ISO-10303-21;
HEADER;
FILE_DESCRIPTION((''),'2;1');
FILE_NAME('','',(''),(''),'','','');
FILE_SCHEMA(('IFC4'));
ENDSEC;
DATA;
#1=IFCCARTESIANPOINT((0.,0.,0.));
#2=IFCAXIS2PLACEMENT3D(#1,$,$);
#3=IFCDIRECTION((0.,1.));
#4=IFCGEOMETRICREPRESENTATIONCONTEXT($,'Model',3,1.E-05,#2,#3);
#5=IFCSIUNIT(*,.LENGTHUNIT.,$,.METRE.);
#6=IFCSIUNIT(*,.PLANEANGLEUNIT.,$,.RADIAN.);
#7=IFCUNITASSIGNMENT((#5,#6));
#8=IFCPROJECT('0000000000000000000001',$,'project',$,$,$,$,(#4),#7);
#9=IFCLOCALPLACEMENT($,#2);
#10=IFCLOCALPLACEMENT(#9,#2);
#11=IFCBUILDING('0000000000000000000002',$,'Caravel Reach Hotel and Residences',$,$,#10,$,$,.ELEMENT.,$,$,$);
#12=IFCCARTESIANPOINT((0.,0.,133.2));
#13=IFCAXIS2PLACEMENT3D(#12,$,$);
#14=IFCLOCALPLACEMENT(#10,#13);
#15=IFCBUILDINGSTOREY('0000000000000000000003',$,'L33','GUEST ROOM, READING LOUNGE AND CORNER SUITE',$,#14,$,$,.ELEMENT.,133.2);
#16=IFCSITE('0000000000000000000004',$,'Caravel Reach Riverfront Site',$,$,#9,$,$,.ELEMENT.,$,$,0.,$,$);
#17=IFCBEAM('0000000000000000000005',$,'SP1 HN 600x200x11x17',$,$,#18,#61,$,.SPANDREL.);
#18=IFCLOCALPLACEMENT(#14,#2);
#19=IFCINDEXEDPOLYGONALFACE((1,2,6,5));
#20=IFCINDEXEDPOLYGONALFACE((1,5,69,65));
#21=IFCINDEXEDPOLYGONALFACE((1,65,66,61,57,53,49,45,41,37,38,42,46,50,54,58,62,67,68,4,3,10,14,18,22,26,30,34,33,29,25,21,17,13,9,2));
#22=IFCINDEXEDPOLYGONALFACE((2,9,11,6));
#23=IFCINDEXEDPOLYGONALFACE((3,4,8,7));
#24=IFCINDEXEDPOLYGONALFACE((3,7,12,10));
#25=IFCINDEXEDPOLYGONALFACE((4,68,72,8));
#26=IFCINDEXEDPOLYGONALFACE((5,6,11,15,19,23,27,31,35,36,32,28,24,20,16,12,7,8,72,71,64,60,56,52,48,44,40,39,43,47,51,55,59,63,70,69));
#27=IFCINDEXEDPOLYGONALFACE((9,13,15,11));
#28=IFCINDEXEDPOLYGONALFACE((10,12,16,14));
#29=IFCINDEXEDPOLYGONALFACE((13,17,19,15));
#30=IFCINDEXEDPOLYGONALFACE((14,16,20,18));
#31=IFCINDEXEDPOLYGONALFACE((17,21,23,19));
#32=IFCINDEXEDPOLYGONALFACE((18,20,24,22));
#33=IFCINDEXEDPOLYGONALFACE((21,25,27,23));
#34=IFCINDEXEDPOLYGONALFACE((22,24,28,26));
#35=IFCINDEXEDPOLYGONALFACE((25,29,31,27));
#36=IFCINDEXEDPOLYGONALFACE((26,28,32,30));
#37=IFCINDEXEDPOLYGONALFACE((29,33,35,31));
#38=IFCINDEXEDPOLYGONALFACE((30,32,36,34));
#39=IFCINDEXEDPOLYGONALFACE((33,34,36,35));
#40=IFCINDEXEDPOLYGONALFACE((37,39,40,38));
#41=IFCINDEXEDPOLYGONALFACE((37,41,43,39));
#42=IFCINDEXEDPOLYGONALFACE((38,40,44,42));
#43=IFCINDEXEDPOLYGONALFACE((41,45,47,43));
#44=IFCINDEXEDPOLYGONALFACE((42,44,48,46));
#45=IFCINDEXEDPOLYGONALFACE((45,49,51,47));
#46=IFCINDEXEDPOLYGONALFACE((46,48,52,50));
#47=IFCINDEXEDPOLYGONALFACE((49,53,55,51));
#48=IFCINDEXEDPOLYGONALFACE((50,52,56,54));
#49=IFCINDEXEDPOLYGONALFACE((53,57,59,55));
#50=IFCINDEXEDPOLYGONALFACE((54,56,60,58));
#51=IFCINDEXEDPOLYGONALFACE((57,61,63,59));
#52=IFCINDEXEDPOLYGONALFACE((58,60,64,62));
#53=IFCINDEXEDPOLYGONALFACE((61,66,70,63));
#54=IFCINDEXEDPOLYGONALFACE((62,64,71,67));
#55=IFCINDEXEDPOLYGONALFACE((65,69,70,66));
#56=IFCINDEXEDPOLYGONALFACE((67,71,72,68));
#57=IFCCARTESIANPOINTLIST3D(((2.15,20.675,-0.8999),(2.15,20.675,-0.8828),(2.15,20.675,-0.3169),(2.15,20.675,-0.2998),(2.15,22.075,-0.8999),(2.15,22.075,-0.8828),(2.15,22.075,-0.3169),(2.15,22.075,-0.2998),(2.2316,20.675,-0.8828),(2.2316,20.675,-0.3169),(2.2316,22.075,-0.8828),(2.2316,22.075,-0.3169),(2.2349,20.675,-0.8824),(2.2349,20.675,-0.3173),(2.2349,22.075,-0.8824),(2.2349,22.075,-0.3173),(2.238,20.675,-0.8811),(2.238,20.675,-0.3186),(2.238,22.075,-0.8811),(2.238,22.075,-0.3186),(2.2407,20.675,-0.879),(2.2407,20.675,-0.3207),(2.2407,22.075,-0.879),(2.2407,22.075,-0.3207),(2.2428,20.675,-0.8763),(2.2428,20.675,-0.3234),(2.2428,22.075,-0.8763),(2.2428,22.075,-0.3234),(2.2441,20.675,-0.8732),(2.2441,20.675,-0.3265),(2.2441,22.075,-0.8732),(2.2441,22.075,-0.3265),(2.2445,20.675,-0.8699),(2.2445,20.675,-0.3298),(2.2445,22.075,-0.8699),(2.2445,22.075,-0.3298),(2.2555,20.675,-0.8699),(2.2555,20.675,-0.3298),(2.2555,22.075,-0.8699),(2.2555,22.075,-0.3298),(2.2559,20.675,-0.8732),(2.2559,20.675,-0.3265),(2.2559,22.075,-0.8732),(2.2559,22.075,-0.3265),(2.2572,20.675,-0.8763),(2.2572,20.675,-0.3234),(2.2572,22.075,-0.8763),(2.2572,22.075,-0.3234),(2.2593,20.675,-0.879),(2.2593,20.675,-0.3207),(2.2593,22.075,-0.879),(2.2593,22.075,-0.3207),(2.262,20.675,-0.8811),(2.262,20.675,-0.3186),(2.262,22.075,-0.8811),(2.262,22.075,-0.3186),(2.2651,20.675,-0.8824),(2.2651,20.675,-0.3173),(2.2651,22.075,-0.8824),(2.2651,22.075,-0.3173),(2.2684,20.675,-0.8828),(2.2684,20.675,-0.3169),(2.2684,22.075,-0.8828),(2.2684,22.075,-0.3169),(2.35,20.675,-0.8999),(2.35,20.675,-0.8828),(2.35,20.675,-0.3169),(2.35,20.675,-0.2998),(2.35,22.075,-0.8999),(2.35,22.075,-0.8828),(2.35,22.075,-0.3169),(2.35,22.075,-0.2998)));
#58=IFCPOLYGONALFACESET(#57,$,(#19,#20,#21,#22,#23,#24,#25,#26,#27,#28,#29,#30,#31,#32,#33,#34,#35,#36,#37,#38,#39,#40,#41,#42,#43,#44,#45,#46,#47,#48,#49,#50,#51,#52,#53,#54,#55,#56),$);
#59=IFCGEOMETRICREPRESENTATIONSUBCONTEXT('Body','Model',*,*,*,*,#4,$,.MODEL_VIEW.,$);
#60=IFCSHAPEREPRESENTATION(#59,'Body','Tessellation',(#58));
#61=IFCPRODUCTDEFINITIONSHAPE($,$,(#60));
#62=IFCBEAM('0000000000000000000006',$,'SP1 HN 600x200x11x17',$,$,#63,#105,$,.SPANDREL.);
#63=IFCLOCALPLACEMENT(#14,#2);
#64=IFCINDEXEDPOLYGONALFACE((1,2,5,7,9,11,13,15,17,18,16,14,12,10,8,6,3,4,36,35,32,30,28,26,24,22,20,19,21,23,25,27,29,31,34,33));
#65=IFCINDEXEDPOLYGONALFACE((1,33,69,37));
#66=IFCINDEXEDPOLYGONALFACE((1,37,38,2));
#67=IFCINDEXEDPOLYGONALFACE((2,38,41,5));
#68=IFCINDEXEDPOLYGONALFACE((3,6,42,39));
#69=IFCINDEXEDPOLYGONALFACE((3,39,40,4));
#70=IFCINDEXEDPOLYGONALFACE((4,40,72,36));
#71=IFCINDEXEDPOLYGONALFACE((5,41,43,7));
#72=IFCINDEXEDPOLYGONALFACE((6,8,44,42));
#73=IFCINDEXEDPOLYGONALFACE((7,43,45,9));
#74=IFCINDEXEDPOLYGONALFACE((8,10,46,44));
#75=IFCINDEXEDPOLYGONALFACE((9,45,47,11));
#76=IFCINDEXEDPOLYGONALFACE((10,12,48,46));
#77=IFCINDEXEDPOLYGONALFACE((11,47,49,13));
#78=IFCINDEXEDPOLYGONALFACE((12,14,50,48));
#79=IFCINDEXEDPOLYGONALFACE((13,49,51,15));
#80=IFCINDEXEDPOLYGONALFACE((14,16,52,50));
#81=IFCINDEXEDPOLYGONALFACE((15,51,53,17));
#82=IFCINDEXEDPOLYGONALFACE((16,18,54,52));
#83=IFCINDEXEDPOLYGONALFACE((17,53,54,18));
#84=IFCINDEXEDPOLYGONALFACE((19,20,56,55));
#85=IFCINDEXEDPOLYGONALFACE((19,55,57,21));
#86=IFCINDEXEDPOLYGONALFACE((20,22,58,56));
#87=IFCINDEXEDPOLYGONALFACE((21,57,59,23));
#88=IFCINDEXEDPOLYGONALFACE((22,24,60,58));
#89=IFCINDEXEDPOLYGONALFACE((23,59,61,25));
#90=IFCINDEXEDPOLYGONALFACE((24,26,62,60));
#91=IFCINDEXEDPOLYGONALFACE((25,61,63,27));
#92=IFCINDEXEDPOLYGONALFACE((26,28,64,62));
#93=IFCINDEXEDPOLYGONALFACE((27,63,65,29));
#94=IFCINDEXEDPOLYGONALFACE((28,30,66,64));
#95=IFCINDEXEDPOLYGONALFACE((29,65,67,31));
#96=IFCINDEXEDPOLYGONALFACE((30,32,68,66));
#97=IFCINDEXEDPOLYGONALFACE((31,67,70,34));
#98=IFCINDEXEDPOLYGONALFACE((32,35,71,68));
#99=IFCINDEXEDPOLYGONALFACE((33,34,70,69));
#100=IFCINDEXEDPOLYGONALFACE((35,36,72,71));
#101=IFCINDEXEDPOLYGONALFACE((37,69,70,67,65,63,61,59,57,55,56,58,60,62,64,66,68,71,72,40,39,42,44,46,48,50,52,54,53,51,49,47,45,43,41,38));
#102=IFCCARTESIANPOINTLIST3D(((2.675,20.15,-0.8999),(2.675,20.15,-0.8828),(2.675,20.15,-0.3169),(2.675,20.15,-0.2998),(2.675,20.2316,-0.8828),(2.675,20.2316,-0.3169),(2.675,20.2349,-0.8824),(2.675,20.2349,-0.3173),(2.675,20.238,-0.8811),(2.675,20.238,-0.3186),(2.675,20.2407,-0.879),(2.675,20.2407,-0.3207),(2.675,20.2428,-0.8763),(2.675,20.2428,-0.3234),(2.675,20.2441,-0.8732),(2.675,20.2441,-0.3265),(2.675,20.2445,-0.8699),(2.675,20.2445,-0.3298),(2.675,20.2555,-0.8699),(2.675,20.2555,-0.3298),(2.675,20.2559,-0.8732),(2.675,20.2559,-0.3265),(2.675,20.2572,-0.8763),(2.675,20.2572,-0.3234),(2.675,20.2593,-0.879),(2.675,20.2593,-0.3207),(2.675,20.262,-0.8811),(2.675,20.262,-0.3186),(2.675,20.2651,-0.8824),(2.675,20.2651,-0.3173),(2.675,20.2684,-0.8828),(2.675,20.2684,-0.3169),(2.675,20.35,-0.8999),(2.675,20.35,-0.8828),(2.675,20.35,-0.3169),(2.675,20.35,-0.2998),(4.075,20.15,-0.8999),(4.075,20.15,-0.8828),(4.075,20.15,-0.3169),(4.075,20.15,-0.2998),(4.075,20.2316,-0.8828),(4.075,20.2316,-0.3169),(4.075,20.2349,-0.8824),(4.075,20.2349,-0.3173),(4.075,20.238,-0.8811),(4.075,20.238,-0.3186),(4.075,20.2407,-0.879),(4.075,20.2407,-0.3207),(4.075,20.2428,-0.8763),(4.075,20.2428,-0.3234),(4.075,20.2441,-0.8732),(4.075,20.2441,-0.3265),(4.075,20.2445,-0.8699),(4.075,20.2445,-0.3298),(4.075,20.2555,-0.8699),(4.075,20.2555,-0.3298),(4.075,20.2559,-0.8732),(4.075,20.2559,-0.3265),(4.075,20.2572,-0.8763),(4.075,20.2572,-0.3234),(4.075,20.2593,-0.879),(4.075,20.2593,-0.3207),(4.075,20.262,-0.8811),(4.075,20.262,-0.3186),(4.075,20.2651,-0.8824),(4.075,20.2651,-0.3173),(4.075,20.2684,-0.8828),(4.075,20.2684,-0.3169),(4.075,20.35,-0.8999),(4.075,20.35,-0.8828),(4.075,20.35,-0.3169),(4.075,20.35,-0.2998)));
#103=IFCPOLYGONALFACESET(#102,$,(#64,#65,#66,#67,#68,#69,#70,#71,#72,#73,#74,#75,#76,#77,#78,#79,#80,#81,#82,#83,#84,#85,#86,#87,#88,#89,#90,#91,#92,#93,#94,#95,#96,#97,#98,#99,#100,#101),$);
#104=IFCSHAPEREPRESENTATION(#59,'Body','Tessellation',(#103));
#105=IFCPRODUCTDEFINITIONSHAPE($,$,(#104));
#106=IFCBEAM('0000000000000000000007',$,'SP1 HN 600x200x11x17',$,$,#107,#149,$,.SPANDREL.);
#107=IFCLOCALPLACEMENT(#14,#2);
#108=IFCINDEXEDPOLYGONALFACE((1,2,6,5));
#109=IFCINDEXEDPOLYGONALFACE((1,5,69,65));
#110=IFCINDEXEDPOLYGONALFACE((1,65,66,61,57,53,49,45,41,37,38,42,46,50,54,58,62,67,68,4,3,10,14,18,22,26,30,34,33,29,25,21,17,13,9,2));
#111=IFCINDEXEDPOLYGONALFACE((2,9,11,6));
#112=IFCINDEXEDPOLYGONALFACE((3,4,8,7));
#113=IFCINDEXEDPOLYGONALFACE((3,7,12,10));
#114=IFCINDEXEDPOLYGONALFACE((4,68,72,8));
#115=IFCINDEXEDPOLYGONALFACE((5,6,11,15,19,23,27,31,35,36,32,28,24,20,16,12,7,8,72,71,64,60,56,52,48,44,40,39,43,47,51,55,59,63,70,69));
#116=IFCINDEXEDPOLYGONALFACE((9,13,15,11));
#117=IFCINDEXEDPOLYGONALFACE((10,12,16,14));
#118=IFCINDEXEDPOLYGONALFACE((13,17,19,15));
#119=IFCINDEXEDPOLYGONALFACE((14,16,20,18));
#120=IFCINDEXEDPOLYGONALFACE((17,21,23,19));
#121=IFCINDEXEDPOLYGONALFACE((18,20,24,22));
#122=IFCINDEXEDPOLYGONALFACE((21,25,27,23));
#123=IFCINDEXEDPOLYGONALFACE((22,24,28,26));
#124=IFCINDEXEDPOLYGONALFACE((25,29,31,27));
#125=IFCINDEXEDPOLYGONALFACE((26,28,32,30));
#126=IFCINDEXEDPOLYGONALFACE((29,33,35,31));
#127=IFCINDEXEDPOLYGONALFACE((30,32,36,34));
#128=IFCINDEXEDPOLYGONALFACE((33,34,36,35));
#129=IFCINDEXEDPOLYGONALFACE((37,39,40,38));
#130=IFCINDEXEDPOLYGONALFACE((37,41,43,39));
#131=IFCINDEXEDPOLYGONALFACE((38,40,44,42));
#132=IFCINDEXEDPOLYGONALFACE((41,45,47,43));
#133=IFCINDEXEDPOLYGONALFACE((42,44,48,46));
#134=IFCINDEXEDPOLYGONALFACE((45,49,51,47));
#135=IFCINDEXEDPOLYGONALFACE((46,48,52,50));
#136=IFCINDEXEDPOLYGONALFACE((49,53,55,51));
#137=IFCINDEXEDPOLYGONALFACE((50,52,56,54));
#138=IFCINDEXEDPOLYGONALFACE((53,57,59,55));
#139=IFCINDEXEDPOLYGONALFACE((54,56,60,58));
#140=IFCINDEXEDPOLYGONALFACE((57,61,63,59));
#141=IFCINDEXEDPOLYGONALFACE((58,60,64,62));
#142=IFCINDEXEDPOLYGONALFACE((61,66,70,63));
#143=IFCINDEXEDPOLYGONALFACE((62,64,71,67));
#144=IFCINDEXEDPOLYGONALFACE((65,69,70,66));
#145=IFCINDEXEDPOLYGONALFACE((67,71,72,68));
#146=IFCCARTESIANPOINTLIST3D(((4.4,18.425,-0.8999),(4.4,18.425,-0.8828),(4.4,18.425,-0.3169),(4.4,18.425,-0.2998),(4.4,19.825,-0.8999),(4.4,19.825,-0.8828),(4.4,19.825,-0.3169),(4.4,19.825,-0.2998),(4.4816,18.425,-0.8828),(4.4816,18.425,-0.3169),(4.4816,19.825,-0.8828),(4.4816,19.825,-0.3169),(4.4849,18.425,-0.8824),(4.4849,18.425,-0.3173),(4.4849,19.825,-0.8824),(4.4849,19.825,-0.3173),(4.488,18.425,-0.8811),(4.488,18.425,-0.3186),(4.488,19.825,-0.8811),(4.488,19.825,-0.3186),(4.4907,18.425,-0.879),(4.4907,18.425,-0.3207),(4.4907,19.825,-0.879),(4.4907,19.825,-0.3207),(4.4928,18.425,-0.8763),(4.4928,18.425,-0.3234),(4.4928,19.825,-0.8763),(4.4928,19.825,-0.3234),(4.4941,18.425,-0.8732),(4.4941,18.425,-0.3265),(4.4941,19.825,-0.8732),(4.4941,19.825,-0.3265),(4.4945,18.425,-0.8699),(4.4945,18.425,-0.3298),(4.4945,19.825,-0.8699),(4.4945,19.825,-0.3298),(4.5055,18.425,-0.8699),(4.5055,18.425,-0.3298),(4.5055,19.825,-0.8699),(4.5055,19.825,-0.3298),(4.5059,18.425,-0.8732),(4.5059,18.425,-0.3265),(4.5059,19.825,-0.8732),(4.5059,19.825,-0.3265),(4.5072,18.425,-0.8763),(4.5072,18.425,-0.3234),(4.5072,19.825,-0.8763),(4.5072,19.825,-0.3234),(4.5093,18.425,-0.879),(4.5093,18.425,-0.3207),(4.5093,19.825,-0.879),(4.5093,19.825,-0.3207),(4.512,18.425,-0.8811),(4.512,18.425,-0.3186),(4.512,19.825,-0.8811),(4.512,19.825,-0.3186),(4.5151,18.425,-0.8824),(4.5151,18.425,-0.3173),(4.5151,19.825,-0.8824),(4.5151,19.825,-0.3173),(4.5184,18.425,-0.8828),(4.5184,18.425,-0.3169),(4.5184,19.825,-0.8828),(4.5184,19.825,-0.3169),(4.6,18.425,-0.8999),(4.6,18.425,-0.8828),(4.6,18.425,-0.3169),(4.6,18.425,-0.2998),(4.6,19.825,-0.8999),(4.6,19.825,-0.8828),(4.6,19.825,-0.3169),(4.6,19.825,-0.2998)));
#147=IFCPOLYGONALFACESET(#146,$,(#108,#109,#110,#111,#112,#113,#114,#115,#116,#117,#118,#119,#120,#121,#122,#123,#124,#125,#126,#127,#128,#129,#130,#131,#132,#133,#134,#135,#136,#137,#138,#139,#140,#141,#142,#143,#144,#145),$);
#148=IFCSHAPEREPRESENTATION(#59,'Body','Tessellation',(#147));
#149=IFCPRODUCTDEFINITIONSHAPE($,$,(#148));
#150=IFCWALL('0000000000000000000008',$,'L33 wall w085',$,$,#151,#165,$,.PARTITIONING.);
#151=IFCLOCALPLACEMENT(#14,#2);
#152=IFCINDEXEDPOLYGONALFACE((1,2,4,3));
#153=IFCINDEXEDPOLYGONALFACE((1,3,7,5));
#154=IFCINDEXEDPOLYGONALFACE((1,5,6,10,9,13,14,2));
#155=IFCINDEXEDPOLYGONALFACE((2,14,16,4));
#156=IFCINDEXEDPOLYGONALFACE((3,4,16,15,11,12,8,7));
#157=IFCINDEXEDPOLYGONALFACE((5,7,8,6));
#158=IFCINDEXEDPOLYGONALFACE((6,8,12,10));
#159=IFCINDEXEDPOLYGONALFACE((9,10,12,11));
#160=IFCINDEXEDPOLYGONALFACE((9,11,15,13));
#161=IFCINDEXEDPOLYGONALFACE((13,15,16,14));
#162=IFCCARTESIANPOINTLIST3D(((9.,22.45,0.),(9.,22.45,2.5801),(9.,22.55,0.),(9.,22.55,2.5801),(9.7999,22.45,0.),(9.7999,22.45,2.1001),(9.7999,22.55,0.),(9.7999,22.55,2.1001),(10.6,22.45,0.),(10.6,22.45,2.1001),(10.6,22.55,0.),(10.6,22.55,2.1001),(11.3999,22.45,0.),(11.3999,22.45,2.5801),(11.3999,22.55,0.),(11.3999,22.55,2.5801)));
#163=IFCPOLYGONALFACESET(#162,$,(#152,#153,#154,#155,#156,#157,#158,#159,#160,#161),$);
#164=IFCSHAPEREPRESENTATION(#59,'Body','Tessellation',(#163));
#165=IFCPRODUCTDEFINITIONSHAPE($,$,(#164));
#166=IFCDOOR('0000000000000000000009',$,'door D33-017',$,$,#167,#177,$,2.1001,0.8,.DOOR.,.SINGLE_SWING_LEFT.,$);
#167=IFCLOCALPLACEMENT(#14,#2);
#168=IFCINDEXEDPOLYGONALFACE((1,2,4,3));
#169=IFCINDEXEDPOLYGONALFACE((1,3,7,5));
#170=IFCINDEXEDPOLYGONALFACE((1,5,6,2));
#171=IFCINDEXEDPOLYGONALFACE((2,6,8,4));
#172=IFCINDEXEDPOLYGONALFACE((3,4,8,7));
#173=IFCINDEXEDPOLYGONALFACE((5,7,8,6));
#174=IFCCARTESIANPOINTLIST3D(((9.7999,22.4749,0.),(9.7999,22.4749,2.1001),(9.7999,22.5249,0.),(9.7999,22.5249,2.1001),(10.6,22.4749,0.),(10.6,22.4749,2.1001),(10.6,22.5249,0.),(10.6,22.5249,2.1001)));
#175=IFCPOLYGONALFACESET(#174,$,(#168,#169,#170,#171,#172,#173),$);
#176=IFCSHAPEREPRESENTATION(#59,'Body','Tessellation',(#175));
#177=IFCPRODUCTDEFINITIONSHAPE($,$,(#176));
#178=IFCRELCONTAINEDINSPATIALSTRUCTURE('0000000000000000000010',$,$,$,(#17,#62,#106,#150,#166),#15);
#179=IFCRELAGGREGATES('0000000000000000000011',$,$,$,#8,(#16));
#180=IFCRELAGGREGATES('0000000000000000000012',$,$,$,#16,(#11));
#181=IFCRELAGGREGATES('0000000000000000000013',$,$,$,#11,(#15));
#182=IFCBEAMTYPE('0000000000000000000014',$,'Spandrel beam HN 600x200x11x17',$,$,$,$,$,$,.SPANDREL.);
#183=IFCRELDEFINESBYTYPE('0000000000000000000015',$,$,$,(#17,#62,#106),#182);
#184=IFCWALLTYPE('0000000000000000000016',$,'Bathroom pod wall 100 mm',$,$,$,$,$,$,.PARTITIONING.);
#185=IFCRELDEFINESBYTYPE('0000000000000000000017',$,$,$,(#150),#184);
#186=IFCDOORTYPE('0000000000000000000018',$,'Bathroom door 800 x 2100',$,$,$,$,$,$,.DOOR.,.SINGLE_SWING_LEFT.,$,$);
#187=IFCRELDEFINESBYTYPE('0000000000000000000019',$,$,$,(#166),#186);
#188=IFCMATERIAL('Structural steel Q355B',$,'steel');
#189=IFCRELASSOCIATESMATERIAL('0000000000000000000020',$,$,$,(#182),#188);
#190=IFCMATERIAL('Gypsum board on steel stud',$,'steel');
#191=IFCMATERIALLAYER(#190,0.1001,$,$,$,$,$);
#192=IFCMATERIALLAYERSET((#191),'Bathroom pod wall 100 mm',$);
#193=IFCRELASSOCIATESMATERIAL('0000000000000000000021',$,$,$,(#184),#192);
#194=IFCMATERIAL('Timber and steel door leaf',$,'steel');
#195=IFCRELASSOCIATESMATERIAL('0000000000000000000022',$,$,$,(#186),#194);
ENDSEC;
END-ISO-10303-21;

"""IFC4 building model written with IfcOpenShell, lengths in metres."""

from ifc_helpers import new_model, si_unit, direction, frame, frame_2d, origin, origin_2d, place, context, subcontext, project, spatial, rectangle, i_section, extrude, material, layer, layer_set, material_profile, profile_set, type_object, element, fill, save


model = new_model("IFC4")

# Units and contexts
model_context = context("Model", 3, precision=1e-05, world=origin(), true_north=direction((0.0, 1.0)))
body_context = subcontext(model_context, "Body", "Model", "MODEL_VIEW")
ifc_project = project(units=[si_unit("LENGTHUNIT", "METRE"), si_unit("PLANEANGLEUNIT", "RADIAN")], contexts=[model_context])

# Site, building, storey
site_placement = place(None, origin())
site = spatial("IfcSite", under=ifc_project, at=site_placement, Name="Caravel Reach Riverfront Site", CompositionType="ELEMENT", RefElevation=0.0)
building_placement = place(site_placement, origin())
building = spatial("IfcBuilding", under=site, at=building_placement, Name="Caravel Reach Hotel and Residences", CompositionType="ELEMENT")
storey_placement = place(building_placement, frame((0.0, 0.0, 133.2)))
storey = spatial("IfcBuildingStorey", under=building, at=storey_placement, Name="L33", Description="GUEST ROOM, READING LOUNGE AND CORNER SUITE", CompositionType="ELEMENT", Elevation=133.2)

# Beams
ifc_material_1 = material(Name="Structural steel Q355B", Category="steel")
ifc_material_profile_1 = material_profile(ifc_material_1, i_section(OverallWidth=0.2, OverallDepth=0.6001, WebThickness=0.011, FlangeThickness=0.0171, FilletRadius=0.0129, at=origin_2d()), Name="HN 600x200x11x17")
ifc_profile_set_1 = profile_set([ifc_material_profile_1], Name="Structural steel Q355B")
beam_type_1 = type_object("IfcBeamType", Name="Spandrel beam HN 600x200x11x17", PredefinedType="SPANDREL", material=ifc_profile_set_1)
for number, where, z_axis, x_axis, name in (
    (1, (2.25, 22.075, -0.5999), (0.0, -1.0, 0.0), (1.0, 0.0, 0.0), "SP1 HN 600x200x11x17"),
    (2, (2.675, 20.25, -0.5999), (1.0, 0.0, 0.0), (0.0, 1.0, 0.0), "SP1 HN 600x200x11x17"),
    (3, (4.5, 19.825, -0.5999), (0.0, -1.0, 0.0), (1.0, 0.0, 0.0), "SP1 HN 600x200x11x17"),
):
    element("IfcBeam", number, at=place(storey_placement, frame(where, z_axis=z_axis, x_axis=x_axis)), inside=storey, type_object=beam_type_1, Name=name, PredefinedType="SPANDREL", context=body_context, shape_type="SweptSolid", body=[
        extrude(i_section(OverallWidth=0.2, OverallDepth=0.6001, WebThickness=0.011, FlangeThickness=0.0171, FilletRadius=0.0129, at=origin_2d()), origin(), (0.0, 0.0, 1.0), 1.3999),
    ])

# Wall, opening, door
ifc_material_2 = material(Name="Gypsum board on steel stud", Category="steel")
ifc_layer_1 = layer(ifc_material_2, 0.1001)
ifc_layer_set_1 = layer_set([ifc_layer_1], Name="Bathroom pod wall 100 mm")
wall_type_1 = type_object("IfcWallType", Name="Bathroom pod wall 100 mm", PredefinedType="PARTITIONING", material=ifc_layer_set_1)
wall_1_placement = place(storey_placement, frame((9.0, 22.5, 0.0), z_axis=(0.0, 0.0, 1.0), x_axis=(1.0, 0.0, 0.0)))
wall_1 = element("IfcWall", 4, at=wall_1_placement, inside=storey, type_object=wall_type_1, Name="L33 wall w085", PredefinedType="PARTITIONING", context=body_context, shape_type="SweptSolid", body=[
    extrude(rectangle(XDim=2.3999, YDim=0.1001, at=frame_2d((1.2, 0.0))), origin(), (0.0, 0.0, 1.0), 2.5801),
])
opening_1_placement = place(wall_1_placement, frame((0.8, 0.0, 0.0)))
opening_1 = element("IfcOpeningElement", 5, at=opening_1_placement, cuts=wall_1, PredefinedType="OPENING", context=body_context, shape_type="SweptSolid", body=[
    extrude(rectangle(XDim=0.8, YDim=2.1001, at=frame_2d((0.3999, 1.05))), frame((0.0, 0.0601, 0.0), z_axis=(0.0, -1.0, 0.0), x_axis=(1.0, 0.0, 0.0)), (0.0, 0.0, 1.0), 0.1201),
])
ifc_material_3 = material(Name="Timber and steel door leaf", Category="steel")
door_type_1 = type_object("IfcDoorType", Name="Bathroom door 800 x 2100", OperationType="SINGLE_SWING_LEFT", PredefinedType="DOOR", material=ifc_material_3)
door_1_placement = place(opening_1_placement, origin())
door_1 = element("IfcDoor", 6, at=door_1_placement, inside=storey, type_object=door_type_1, Name="door D33-017", OperationType="SINGLE_SWING_LEFT", OverallHeight=2.1001, OverallWidth=0.8, PredefinedType="DOOR", context=body_context, shape_type="SweptSolid", body=[
    extrude(rectangle(XDim=0.8, YDim=2.1001, at=frame_2d((0.3999, 1.05))), frame((0.0, 0.0249, 0.0), z_axis=(0.0, -1.0, 0.0), x_axis=(1.0, 0.0, 0.0)), (0.0, 0.0, 1.0), 0.05),
])
fill(opening_1, door_1)

save(model, "model.ifc")
